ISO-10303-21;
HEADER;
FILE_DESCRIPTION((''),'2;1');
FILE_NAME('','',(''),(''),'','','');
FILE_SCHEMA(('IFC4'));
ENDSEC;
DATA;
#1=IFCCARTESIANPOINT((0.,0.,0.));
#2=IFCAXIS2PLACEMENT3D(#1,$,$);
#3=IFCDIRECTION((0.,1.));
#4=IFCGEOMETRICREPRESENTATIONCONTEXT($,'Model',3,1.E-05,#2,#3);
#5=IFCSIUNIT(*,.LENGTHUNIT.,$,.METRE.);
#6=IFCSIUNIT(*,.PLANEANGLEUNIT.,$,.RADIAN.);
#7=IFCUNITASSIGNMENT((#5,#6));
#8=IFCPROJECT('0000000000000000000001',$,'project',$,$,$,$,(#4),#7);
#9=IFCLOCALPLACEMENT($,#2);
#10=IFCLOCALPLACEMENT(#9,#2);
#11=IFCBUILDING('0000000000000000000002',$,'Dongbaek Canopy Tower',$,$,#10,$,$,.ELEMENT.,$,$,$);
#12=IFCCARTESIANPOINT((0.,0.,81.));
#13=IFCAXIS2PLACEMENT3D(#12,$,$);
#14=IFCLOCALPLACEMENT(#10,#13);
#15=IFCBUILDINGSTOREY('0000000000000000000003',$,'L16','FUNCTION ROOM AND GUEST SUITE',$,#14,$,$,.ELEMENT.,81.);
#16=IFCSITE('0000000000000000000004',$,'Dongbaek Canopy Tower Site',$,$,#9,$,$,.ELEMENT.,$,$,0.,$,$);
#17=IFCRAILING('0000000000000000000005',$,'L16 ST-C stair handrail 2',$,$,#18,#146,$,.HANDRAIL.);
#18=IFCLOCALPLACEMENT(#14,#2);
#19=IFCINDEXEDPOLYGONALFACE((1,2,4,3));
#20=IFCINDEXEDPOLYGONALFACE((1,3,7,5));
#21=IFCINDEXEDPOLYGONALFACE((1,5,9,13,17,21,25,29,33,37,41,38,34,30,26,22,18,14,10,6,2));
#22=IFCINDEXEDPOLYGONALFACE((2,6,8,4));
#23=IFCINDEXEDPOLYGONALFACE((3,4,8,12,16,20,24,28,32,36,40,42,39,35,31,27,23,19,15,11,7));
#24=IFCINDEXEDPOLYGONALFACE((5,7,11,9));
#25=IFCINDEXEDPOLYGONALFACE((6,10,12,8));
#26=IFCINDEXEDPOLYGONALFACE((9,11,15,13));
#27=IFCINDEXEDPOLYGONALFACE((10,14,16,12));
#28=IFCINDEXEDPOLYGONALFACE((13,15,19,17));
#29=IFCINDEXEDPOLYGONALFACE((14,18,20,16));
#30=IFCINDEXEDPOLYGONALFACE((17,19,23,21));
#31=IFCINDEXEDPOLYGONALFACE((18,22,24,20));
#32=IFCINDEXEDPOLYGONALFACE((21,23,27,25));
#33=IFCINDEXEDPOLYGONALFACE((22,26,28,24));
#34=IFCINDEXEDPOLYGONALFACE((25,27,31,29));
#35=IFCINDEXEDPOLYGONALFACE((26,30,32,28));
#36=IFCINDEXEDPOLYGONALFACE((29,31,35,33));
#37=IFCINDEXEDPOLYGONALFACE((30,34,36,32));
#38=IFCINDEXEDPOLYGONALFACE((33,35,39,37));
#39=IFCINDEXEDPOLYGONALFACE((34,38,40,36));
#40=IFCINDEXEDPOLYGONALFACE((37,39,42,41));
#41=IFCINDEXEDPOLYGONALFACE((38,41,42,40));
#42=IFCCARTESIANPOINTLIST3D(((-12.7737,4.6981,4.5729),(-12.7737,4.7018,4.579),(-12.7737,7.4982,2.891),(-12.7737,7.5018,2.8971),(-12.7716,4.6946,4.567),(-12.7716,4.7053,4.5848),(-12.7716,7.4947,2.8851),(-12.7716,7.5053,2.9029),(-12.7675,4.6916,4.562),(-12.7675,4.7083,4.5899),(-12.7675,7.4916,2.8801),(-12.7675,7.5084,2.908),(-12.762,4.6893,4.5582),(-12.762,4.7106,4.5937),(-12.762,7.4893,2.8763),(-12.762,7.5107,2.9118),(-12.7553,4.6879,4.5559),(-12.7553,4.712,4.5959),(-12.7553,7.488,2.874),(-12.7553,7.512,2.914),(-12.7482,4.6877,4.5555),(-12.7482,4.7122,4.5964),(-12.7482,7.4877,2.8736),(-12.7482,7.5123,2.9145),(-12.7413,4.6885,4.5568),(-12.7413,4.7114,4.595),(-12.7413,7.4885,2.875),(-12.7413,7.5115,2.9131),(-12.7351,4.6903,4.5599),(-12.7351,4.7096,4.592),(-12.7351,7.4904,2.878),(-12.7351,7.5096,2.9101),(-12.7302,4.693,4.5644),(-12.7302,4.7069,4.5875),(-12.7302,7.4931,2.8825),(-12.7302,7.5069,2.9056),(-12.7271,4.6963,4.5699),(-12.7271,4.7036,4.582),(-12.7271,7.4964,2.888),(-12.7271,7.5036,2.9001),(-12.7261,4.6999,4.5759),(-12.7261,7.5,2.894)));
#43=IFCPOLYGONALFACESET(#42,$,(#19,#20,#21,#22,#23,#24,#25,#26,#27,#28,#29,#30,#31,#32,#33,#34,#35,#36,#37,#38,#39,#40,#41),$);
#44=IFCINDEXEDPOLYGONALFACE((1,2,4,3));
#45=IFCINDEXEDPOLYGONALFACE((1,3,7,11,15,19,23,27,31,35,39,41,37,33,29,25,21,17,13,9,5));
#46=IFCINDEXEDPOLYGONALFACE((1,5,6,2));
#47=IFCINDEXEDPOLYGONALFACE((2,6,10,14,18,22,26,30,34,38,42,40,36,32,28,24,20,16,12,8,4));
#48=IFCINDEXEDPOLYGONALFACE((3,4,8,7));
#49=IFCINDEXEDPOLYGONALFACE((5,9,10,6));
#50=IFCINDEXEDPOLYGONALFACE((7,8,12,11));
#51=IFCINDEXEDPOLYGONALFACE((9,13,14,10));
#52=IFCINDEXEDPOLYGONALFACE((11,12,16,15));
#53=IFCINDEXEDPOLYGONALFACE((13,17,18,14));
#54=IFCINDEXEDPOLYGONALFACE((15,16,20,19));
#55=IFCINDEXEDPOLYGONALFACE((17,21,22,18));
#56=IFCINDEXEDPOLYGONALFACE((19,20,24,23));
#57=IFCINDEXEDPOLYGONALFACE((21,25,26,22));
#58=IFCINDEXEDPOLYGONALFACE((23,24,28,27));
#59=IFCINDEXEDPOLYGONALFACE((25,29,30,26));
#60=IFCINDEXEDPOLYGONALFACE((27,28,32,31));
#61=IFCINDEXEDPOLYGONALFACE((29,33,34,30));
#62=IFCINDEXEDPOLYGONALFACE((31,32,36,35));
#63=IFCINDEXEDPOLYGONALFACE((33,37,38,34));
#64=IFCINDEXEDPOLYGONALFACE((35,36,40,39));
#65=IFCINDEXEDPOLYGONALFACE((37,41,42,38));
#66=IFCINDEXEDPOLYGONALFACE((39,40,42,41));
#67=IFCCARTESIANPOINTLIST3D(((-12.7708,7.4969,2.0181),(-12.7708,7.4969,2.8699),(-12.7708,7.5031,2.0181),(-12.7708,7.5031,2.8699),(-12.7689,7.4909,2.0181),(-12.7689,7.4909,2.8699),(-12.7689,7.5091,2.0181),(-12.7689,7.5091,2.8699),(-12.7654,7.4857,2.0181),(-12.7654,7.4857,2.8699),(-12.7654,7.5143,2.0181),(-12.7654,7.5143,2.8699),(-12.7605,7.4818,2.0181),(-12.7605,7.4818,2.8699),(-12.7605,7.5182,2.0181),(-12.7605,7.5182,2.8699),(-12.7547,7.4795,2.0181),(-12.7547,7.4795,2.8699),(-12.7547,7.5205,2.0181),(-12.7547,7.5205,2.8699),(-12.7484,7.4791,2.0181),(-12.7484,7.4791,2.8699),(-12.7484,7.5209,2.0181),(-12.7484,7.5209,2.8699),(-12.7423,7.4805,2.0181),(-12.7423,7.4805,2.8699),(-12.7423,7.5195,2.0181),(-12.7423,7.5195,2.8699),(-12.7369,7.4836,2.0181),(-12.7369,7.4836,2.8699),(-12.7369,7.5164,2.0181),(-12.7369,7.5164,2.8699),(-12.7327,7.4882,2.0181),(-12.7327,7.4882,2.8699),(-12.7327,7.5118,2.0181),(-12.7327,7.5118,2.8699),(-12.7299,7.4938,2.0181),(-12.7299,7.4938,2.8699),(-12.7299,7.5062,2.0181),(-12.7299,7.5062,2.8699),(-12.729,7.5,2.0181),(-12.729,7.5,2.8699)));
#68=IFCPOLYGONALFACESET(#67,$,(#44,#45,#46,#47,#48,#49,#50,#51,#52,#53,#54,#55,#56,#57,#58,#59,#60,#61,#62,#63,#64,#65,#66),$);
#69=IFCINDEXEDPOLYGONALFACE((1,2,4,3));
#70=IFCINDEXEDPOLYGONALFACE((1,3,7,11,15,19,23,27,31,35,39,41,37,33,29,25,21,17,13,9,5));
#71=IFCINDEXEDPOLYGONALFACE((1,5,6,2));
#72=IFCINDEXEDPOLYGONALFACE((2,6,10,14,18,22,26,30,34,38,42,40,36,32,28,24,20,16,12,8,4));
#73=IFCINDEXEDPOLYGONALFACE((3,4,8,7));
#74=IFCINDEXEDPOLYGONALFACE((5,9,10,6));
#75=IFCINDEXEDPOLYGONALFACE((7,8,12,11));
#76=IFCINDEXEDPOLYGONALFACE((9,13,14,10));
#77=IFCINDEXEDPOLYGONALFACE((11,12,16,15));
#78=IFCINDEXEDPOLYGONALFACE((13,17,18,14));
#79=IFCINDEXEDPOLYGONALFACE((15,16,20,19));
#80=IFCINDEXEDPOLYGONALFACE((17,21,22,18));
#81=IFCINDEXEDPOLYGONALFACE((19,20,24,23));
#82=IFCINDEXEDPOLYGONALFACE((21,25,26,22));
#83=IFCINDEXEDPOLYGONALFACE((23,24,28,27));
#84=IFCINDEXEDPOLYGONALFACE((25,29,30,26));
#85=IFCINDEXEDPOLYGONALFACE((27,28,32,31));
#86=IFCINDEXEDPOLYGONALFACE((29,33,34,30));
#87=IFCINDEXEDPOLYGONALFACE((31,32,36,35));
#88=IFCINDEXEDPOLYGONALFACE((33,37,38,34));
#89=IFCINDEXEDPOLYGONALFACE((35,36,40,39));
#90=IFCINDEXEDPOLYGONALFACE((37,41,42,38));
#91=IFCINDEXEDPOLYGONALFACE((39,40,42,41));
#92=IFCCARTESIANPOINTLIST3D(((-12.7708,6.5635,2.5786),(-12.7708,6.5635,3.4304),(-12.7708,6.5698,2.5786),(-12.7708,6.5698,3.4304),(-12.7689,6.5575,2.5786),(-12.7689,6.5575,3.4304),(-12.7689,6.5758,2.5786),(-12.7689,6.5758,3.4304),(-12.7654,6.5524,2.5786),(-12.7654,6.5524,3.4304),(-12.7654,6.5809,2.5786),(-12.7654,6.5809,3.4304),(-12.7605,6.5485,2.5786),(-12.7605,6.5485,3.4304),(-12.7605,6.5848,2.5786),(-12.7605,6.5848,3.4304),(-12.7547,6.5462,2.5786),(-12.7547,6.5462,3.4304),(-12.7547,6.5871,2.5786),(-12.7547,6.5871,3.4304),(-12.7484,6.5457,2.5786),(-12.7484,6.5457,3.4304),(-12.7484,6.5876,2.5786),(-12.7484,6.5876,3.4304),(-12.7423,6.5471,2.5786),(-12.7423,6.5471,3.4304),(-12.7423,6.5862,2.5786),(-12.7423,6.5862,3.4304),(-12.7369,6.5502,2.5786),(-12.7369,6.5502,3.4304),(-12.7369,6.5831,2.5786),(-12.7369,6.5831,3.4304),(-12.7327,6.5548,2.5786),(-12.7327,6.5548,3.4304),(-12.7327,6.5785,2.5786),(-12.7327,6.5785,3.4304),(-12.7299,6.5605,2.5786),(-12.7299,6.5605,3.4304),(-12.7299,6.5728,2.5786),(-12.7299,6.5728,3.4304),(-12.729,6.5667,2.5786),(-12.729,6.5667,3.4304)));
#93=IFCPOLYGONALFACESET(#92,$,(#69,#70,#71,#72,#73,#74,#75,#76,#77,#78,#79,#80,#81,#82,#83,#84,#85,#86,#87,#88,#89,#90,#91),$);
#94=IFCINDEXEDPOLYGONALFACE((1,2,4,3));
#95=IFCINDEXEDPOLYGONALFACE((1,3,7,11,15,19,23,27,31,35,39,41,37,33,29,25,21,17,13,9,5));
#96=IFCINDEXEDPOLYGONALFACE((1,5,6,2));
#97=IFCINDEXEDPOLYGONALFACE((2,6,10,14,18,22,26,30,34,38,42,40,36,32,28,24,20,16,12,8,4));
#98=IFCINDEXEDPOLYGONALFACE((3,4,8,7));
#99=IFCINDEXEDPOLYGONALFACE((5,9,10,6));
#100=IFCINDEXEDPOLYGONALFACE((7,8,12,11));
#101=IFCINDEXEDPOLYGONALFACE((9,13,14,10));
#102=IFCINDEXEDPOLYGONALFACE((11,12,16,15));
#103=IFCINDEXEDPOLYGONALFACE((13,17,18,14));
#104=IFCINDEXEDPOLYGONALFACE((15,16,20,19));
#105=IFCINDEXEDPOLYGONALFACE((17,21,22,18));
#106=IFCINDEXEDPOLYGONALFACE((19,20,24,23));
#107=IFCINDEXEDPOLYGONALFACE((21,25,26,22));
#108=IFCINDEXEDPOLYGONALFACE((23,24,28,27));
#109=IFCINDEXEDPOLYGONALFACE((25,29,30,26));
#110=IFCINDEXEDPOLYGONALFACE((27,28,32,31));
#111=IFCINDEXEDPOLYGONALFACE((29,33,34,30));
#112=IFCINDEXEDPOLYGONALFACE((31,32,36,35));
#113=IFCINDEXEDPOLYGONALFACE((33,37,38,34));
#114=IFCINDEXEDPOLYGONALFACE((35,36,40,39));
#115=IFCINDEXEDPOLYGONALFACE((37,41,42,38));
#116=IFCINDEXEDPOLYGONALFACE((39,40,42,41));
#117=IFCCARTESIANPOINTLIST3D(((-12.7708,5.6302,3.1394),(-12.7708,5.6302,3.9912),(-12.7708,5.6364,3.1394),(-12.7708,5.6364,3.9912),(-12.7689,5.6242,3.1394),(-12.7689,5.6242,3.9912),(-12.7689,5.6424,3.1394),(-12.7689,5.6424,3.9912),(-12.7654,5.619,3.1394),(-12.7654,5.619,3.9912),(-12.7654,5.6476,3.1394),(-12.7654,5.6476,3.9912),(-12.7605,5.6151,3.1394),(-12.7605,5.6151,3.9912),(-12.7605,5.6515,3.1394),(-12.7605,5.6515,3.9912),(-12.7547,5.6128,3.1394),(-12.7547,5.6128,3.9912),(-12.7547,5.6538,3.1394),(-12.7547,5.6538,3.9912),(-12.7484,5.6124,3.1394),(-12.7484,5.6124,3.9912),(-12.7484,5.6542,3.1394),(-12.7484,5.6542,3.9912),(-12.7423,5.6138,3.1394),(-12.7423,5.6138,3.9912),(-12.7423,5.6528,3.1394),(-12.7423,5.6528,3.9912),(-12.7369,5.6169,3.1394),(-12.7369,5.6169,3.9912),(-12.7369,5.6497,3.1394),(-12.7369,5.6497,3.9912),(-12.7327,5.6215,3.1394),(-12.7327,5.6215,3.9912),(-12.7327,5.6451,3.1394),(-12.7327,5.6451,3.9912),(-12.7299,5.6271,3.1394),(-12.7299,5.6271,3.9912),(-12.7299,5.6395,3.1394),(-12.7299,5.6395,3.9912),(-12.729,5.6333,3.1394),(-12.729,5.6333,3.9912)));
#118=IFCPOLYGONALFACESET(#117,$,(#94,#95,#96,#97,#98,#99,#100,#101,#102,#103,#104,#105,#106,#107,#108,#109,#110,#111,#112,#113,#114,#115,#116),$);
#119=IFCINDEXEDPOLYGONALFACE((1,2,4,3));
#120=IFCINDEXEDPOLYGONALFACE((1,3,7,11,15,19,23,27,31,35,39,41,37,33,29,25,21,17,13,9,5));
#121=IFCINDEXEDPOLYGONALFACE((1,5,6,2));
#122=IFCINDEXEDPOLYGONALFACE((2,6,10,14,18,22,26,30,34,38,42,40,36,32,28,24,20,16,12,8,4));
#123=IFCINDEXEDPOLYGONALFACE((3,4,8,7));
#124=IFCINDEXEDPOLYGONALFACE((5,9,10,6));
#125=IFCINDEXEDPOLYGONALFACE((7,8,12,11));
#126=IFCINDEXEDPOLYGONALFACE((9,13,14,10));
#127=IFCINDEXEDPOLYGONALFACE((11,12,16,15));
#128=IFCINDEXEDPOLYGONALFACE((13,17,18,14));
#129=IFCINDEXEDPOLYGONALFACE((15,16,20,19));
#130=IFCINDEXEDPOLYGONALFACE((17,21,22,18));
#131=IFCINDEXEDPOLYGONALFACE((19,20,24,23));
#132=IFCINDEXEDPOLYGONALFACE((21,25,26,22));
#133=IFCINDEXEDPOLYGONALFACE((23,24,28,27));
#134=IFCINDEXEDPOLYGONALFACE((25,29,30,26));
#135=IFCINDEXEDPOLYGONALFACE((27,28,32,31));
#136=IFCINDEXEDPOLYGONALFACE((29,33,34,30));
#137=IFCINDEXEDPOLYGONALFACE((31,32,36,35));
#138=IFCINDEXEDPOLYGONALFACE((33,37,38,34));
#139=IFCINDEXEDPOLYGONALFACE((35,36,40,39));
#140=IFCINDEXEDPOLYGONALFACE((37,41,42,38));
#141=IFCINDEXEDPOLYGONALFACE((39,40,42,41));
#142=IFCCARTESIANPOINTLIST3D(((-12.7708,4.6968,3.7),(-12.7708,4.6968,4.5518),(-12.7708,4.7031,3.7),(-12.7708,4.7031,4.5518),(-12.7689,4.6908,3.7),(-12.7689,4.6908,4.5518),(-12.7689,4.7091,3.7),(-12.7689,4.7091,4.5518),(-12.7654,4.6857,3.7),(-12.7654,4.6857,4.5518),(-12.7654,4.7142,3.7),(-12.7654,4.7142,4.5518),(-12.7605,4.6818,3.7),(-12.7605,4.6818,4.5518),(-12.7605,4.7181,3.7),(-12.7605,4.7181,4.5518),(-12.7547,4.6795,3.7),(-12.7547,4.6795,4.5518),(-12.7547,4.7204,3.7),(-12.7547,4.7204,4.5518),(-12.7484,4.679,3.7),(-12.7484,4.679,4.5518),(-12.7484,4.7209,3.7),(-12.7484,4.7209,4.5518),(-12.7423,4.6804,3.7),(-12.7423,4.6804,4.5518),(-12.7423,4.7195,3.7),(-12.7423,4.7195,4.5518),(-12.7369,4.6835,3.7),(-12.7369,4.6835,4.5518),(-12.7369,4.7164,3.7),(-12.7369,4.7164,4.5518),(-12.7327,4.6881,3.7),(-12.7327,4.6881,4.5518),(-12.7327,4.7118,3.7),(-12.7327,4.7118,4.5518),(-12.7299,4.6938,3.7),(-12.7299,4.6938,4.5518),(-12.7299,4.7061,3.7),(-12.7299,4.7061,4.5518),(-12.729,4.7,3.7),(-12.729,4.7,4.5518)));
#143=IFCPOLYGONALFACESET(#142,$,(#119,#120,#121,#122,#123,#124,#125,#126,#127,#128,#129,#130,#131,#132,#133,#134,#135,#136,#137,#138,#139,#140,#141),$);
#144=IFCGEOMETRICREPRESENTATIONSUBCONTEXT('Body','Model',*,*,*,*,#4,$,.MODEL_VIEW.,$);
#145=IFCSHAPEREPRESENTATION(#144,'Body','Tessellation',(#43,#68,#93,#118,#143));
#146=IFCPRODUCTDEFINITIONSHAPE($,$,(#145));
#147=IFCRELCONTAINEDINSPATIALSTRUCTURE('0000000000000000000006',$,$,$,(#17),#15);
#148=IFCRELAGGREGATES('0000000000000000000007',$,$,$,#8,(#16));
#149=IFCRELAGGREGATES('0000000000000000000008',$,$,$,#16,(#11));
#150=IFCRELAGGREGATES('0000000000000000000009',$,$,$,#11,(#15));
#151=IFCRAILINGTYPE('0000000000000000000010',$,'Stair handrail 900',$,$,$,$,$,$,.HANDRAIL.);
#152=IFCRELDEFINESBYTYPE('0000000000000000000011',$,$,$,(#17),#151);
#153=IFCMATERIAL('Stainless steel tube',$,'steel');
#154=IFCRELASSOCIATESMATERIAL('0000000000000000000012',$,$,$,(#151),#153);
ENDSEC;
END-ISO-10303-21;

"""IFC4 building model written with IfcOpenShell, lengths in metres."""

from ifc_helpers import new_model, si_unit, direction, frame, origin, origin_2d, place, context, subcontext, project, spatial, circle, extrude, material, type_object, element, save


model = new_model("IFC4")

# Units and contexts
model_context = context("Model", 3, precision=1e-05, world=origin(), true_north=direction((0.0, 1.0)))
body_context = subcontext(model_context, "Body", "Model", "MODEL_VIEW")
ifc_project = project(units=[si_unit("LENGTHUNIT", "METRE"), si_unit("PLANEANGLEUNIT", "RADIAN")], contexts=[model_context])

# Site, building, storey
site_placement = place(None, origin())
site = spatial("IfcSite", under=ifc_project, at=site_placement, Name="Dongbaek Canopy Tower Site", CompositionType="ELEMENT", RefElevation=0.0)
building_placement = place(site_placement, origin())
building = spatial("IfcBuilding", under=site, at=building_placement, Name="Dongbaek Canopy Tower", CompositionType="ELEMENT")
storey_placement = place(building_placement, frame((0.0, 0.0, 81.0)))
storey = spatial("IfcBuildingStorey", under=building, at=storey_placement, Name="L16", Description="FUNCTION ROOM AND GUEST SUITE", CompositionType="ELEMENT", Elevation=81.0)

# Railing
ifc_material_1 = material(Name="Stainless steel tube", Category="steel")
railing_type_1 = type_object("IfcRailingType", Name="Stair handrail 900", PredefinedType="HANDRAIL", material=ifc_material_1)
railing_1_placement = place(storey_placement, frame((-12.75, 7.5, 2.0181)))
element("IfcRailing", 1, at=railing_1_placement, inside=storey, type_object=railing_type_1, Name="L16 ST-C stair handrail 2", PredefinedType="HANDRAIL", context=body_context, shape_type="SweptSolid", body=[
    extrude(circle(Radius=0.0239, at=origin_2d()), frame((0.0, 0.0, 0.876), z_axis=(0.0, -0.857242, 0.514913), x_axis=(1.0, 0.0, 0.0)), (0.0, 0.0, 1.0), 3.2664),
    extrude(circle(Radius=0.021, at=origin_2d()), origin(), (0.0, 0.0, 1.0), 0.8518),
    extrude(circle(Radius=0.021, at=origin_2d()), frame((0.0, -0.9333, 0.5605)), (0.0, 0.0, 1.0), 0.8518),
    extrude(circle(Radius=0.021, at=origin_2d()), frame((0.0, -1.8667, 1.1213)), (0.0, 0.0, 1.0), 0.8518),
    extrude(circle(Radius=0.021, at=origin_2d()), frame((0.0, -2.8, 1.6819)), (0.0, 0.0, 1.0), 0.8518),
])

save(model, "model.ifc")
